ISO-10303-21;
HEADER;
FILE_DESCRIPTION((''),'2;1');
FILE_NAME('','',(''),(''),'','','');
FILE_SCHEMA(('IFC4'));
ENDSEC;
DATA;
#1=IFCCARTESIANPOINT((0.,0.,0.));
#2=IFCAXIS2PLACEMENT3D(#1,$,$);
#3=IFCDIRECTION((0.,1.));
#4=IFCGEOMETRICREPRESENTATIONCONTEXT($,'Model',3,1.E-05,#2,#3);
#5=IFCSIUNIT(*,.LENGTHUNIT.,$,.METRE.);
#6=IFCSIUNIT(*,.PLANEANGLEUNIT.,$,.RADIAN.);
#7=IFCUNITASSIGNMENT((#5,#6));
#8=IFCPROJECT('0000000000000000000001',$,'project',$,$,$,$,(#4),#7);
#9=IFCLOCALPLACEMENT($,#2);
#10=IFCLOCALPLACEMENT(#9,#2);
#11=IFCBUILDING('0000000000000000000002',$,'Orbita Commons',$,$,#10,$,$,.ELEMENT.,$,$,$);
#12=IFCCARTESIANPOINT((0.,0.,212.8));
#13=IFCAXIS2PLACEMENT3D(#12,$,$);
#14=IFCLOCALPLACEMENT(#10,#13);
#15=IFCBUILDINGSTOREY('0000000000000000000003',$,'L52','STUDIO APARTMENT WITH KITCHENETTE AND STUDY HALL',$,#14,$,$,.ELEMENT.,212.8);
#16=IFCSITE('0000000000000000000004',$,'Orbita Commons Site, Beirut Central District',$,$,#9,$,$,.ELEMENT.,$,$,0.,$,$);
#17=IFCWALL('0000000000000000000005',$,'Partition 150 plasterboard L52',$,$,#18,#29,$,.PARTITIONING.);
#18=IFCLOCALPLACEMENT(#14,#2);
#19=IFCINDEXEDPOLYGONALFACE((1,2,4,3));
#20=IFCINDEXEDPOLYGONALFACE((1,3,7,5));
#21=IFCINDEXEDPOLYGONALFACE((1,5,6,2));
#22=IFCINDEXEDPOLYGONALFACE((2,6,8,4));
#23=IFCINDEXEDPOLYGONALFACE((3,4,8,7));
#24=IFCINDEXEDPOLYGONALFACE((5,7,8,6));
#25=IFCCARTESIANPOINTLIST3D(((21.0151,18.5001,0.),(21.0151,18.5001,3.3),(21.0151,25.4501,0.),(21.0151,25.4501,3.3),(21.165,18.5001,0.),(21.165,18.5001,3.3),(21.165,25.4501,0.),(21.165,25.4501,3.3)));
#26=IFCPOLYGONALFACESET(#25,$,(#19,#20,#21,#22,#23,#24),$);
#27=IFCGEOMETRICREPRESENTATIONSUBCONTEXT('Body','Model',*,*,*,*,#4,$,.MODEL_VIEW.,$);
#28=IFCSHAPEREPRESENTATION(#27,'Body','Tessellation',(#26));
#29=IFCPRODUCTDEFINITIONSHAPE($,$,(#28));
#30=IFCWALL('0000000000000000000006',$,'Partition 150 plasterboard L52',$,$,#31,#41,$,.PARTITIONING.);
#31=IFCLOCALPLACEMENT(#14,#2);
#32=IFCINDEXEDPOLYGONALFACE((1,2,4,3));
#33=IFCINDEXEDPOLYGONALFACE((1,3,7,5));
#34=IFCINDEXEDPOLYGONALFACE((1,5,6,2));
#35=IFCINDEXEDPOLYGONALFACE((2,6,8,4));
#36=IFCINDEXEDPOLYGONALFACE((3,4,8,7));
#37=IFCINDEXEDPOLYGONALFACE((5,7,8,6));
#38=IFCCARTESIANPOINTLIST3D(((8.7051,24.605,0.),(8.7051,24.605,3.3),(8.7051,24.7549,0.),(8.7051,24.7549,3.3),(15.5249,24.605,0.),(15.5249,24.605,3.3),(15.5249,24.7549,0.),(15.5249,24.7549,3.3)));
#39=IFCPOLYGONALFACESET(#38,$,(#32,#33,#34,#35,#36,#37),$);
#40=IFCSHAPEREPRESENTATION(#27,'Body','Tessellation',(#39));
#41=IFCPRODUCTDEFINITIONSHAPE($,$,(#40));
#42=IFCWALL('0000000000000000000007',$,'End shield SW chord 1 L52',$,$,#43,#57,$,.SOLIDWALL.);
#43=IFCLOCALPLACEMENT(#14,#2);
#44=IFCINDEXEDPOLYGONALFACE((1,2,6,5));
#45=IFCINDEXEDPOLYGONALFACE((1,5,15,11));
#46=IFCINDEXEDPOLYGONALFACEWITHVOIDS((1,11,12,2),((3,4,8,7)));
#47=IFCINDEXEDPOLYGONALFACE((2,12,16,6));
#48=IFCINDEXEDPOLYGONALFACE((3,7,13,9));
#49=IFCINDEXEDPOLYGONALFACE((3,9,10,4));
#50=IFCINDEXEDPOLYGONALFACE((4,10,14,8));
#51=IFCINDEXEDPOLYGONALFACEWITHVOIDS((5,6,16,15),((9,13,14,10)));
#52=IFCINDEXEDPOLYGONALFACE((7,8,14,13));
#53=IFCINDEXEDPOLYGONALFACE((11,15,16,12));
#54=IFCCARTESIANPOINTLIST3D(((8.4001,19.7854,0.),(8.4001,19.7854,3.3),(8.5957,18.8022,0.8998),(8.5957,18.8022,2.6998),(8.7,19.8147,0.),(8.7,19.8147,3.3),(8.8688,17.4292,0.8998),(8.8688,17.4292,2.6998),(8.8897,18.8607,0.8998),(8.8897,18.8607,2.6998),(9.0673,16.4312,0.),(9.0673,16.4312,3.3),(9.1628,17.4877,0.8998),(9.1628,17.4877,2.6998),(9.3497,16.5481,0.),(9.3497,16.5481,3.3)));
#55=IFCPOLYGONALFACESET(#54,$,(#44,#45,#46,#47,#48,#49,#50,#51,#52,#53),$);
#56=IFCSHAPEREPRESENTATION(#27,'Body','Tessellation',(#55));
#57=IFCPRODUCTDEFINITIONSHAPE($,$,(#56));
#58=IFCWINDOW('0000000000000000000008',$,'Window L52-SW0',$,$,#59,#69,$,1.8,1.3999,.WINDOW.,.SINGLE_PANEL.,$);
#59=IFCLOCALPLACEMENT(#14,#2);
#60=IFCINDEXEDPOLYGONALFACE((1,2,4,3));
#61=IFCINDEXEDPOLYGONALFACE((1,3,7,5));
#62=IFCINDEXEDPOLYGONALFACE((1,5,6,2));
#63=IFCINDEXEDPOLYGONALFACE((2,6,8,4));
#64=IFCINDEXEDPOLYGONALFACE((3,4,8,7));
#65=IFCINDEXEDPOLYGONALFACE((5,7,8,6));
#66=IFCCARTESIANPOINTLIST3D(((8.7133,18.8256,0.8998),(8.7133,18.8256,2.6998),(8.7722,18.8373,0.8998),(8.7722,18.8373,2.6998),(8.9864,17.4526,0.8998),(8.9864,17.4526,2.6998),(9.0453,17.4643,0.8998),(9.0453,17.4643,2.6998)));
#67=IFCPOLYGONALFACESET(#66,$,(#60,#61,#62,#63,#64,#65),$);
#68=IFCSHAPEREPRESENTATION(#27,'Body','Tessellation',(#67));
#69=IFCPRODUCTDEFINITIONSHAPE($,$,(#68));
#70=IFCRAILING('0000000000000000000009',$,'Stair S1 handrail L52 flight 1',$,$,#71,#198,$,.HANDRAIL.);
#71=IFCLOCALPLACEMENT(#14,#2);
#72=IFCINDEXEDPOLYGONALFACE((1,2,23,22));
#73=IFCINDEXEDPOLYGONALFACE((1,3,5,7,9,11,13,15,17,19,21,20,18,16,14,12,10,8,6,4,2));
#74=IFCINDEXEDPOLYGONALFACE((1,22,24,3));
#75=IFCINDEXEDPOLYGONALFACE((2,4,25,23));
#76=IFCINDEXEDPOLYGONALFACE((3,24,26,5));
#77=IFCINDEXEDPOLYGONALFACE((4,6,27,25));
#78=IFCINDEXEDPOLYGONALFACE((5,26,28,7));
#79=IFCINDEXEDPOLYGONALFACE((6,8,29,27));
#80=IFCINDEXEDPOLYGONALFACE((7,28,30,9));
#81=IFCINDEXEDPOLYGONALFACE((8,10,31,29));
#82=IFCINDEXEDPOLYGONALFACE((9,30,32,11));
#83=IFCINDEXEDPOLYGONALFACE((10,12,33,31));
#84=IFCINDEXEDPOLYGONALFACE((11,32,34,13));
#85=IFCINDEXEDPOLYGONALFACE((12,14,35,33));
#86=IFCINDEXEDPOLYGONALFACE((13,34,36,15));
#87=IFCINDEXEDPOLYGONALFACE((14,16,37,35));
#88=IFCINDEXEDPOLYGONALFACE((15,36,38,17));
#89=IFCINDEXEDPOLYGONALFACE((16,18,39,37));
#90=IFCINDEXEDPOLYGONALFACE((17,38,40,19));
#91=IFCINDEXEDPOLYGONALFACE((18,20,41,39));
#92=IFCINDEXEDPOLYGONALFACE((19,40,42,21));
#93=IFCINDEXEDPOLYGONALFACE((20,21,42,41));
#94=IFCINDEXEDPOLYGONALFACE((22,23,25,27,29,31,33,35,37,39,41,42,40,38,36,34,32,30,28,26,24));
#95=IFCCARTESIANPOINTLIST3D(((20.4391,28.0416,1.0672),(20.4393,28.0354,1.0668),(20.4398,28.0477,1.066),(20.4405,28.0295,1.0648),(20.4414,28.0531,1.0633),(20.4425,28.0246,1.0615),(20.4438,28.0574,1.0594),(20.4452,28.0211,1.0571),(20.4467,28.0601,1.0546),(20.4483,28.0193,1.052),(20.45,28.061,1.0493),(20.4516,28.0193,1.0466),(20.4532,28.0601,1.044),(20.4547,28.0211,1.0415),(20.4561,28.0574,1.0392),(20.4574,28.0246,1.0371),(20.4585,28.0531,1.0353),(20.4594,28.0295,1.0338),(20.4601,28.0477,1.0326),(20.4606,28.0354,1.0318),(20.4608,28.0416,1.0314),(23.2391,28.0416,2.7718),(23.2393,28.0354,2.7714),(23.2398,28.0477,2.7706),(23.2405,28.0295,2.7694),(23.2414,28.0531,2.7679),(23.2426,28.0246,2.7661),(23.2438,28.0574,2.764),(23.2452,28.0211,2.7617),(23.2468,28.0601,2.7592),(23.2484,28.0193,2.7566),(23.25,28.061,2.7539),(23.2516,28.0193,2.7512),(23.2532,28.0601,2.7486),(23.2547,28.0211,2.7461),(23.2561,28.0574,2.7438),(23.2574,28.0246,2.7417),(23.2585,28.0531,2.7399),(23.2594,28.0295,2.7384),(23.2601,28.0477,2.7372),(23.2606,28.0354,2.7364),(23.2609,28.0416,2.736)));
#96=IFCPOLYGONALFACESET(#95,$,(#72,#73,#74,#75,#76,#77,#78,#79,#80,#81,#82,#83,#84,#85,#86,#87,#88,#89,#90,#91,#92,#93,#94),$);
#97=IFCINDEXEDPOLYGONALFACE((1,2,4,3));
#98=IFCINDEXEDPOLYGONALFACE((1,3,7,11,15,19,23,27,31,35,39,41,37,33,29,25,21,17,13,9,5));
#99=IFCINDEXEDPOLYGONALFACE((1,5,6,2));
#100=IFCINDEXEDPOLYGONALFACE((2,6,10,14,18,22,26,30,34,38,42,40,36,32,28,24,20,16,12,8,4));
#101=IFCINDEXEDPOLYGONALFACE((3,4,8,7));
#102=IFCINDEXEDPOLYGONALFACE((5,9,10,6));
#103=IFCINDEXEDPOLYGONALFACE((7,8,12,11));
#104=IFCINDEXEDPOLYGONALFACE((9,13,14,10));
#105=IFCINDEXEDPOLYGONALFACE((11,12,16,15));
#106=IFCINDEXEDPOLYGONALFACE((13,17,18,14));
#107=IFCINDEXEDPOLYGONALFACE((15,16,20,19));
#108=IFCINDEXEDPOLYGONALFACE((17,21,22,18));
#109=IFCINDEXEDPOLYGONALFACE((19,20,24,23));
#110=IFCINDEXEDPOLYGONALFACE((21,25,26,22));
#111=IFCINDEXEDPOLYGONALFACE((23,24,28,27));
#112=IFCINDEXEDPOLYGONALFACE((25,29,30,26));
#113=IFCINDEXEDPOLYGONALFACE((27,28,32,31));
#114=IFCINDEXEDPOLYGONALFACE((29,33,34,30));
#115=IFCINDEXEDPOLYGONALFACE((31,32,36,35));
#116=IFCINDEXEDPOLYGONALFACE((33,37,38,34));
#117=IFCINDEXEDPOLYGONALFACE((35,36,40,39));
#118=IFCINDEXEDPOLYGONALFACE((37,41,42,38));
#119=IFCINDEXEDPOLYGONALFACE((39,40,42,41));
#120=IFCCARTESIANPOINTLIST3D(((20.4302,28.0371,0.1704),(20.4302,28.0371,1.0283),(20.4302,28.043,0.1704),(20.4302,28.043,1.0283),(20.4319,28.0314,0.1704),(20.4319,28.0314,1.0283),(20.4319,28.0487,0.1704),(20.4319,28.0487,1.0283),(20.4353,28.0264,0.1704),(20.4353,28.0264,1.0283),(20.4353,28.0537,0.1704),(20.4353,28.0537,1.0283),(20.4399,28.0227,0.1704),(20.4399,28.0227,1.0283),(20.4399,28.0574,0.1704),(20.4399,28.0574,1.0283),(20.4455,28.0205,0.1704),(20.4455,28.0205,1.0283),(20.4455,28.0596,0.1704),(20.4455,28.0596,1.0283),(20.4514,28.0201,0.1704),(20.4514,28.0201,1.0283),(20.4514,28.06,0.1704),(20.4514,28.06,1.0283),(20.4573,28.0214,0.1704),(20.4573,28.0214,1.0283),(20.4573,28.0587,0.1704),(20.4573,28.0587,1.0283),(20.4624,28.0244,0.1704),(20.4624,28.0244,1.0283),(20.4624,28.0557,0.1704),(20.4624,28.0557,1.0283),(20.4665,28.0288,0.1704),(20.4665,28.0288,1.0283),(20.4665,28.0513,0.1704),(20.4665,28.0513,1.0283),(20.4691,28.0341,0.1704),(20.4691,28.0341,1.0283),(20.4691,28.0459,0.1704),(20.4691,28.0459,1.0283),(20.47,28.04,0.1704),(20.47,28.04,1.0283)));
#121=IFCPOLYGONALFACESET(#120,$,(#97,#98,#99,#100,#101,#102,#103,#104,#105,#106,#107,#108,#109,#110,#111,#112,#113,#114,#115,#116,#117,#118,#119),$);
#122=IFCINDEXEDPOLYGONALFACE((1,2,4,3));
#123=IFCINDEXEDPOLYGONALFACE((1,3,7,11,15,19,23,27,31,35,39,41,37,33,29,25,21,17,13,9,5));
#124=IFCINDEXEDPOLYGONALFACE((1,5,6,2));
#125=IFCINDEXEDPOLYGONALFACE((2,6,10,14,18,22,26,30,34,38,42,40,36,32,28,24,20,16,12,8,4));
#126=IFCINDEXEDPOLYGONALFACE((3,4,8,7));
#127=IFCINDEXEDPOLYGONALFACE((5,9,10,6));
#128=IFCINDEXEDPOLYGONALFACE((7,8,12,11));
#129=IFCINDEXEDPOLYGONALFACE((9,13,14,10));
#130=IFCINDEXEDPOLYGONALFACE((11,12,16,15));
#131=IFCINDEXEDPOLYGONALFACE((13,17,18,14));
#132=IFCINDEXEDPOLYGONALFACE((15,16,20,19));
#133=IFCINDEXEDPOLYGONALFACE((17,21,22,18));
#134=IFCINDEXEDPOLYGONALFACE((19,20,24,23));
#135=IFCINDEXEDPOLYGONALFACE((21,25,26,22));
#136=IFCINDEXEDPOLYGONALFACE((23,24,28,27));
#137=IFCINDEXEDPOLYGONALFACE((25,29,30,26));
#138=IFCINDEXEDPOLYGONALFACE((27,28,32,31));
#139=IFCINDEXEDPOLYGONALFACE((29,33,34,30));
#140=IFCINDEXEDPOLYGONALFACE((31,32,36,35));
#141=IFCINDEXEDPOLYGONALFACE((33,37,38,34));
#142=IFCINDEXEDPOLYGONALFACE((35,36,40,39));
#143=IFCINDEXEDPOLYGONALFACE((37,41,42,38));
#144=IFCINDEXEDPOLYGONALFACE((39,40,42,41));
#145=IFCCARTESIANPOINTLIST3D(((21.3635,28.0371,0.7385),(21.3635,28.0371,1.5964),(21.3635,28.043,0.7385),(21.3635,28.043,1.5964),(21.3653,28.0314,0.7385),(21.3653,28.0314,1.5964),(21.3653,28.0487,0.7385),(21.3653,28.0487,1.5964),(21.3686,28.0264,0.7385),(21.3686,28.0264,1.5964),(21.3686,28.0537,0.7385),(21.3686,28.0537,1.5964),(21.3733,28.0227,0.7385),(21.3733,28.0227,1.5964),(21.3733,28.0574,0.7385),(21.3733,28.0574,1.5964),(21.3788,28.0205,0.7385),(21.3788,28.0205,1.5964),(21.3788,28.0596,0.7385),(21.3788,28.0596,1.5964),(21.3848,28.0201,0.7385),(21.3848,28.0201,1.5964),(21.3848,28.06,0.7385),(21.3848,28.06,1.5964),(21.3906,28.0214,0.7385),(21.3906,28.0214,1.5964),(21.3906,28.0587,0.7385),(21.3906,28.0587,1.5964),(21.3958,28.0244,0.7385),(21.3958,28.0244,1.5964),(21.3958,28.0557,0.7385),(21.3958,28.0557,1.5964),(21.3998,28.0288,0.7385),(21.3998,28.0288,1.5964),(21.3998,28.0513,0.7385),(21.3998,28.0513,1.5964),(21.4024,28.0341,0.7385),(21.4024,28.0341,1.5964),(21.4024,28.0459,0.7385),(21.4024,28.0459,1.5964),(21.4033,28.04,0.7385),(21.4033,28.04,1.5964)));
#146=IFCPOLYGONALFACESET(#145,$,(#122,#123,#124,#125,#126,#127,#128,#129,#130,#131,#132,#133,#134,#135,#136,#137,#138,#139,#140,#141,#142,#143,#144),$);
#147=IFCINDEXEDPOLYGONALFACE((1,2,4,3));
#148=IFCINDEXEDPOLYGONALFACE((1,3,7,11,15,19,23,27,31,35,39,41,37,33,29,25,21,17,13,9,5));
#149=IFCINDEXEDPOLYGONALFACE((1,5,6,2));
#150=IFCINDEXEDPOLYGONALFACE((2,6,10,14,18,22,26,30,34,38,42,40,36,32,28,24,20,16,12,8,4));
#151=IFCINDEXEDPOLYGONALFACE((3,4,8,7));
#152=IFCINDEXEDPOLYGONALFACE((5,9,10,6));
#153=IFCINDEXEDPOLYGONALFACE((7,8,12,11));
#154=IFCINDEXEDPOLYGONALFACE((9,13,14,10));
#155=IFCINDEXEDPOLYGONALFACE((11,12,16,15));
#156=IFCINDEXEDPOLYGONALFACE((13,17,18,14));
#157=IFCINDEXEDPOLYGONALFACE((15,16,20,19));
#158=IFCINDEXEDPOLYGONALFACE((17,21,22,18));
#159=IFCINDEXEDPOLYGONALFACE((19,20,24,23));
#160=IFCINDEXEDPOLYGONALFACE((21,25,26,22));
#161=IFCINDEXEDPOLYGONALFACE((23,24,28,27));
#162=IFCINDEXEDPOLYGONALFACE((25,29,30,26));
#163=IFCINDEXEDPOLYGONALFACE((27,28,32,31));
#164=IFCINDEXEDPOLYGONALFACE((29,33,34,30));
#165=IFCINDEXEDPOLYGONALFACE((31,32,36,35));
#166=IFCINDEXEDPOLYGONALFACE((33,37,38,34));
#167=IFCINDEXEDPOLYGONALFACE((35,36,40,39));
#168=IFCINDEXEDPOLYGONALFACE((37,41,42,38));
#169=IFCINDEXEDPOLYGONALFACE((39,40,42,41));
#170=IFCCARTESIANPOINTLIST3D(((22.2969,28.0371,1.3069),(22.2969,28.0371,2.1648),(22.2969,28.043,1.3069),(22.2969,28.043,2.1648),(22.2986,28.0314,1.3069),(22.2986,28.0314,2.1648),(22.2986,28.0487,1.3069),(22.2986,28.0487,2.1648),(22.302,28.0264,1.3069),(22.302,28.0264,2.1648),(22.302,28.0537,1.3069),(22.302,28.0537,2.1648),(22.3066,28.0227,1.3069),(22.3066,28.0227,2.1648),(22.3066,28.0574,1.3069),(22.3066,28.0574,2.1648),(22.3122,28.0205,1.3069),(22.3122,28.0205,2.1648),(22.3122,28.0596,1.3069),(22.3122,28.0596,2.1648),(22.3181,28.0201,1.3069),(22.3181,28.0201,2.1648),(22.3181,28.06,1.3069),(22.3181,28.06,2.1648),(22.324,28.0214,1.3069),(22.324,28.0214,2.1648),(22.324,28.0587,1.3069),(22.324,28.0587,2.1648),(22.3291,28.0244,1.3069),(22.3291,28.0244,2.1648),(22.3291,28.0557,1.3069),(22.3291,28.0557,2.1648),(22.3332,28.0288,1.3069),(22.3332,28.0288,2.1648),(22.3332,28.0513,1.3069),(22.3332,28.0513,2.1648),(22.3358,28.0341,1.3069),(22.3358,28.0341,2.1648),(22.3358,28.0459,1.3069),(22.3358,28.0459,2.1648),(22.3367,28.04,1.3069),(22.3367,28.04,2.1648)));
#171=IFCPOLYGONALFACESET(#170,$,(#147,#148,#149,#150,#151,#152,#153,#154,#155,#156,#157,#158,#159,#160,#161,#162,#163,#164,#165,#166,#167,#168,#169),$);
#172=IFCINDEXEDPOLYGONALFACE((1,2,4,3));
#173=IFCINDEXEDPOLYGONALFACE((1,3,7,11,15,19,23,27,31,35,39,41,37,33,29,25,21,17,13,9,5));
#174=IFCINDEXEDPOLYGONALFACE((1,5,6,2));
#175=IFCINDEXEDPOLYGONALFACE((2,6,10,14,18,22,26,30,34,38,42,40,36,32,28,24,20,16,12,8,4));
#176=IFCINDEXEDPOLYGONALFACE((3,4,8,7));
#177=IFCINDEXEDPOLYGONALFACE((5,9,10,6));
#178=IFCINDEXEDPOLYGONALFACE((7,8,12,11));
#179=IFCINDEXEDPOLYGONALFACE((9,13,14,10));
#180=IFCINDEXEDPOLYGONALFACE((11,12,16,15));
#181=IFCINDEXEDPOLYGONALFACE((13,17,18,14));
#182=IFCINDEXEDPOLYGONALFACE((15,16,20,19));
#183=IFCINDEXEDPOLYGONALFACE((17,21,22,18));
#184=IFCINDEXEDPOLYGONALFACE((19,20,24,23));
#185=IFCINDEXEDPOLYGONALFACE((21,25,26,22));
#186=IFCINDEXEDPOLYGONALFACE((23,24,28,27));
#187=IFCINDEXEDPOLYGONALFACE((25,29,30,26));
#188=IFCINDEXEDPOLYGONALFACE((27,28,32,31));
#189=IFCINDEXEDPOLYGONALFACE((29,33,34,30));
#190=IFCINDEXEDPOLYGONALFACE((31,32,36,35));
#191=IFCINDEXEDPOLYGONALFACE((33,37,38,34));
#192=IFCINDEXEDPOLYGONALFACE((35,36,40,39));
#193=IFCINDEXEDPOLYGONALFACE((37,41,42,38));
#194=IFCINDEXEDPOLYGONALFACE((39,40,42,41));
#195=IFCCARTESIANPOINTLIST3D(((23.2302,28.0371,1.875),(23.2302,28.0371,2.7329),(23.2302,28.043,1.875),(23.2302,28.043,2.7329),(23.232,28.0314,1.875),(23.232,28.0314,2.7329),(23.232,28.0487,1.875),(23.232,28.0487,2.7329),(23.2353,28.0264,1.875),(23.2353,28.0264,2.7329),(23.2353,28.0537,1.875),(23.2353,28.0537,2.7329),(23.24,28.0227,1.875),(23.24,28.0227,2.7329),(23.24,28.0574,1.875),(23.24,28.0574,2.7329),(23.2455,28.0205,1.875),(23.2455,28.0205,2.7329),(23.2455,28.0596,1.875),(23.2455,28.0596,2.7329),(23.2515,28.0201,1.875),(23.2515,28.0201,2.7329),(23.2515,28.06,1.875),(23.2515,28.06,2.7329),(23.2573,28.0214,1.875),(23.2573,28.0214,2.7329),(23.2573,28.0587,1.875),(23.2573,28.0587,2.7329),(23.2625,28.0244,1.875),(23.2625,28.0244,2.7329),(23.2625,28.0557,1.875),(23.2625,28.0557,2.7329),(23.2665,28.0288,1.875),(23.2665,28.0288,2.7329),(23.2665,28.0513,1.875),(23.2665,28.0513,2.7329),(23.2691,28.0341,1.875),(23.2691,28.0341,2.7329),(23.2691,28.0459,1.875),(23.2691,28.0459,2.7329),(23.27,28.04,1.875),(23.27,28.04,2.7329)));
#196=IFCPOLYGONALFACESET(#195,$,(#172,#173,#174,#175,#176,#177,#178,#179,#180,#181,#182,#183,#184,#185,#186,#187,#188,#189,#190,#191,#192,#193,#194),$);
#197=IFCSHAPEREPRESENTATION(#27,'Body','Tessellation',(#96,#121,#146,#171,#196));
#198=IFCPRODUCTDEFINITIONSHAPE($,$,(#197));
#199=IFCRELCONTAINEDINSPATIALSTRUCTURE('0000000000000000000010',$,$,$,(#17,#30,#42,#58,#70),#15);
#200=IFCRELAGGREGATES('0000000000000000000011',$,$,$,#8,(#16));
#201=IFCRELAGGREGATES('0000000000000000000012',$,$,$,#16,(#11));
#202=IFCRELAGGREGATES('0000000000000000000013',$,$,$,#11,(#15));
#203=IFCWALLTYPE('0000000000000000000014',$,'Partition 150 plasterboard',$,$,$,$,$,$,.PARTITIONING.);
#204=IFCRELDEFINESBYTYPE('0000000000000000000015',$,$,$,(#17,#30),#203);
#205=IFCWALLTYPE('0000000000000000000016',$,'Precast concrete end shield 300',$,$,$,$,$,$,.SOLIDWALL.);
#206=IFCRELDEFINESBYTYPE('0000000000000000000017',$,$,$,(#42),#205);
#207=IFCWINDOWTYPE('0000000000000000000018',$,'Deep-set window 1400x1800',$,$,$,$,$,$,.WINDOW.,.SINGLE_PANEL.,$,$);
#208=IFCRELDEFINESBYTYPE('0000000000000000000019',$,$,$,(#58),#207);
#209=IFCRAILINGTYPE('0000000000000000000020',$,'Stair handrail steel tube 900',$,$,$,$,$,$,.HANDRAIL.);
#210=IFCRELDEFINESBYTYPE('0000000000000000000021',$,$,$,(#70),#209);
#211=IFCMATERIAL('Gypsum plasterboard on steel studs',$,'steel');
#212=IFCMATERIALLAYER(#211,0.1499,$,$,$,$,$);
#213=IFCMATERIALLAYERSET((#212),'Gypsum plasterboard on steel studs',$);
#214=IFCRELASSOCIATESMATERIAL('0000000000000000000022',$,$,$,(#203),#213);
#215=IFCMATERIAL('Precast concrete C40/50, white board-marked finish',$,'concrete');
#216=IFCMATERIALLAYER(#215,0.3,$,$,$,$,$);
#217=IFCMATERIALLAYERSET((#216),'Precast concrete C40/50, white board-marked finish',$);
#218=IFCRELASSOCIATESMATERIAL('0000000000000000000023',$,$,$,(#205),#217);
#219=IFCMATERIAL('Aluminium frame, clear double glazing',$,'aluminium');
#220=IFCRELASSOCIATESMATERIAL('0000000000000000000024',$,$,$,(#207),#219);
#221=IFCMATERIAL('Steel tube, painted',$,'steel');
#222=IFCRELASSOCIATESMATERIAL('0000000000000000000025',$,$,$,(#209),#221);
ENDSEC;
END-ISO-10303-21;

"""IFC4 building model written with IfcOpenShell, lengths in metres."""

from ifc_helpers import new_model, si_unit, direction, frame, frame_2d, origin, origin_2d, place, context, subcontext, project, spatial, polyline, rectangle, circle, outline, extrude, material, layer, layer_set, type_object, element, fill, save


model = new_model("IFC4")

# Units and contexts
model_context = context("Model", 3, precision=1e-05, world=origin(), true_north=direction((0.0, 1.0)))
body_context = subcontext(model_context, "Body", "Model", "MODEL_VIEW")
ifc_project = project(units=[si_unit("LENGTHUNIT", "METRE"), si_unit("PLANEANGLEUNIT", "RADIAN")], contexts=[model_context])

# Site, building, storey
site_placement = place(None, origin())
site = spatial("IfcSite", under=ifc_project, at=site_placement, Name="Orbita Commons Site, Beirut Central District", CompositionType="ELEMENT", RefElevation=0.0)
building_placement = place(site_placement, origin())
building = spatial("IfcBuilding", under=site, at=building_placement, Name="Orbita Commons", CompositionType="ELEMENT")
storey_placement = place(building_placement, frame((0.0, 0.0, 212.8)))
storey = spatial("IfcBuildingStorey", under=building, at=storey_placement, Name="L52", Description="STUDIO APARTMENT WITH KITCHENETTE AND STUDY HALL", CompositionType="ELEMENT", Elevation=212.8)

# Walls
ifc_material_1 = material(Name="Gypsum plasterboard on steel studs", Category="steel")
ifc_layer_1 = layer(ifc_material_1, 0.1499)
ifc_layer_set_1 = layer_set([ifc_layer_1], Name="Gypsum plasterboard on steel studs")
wall_type_1 = type_object("IfcWallType", Name="Partition 150 plasterboard", PredefinedType="PARTITIONING", material=ifc_layer_set_1)
wall_1_placement = place(storey_placement, frame((21.0901, 18.5, 0.0), z_axis=(0.0, 0.0, 1.0), x_axis=(0.0, 1.0, 0.0)))
element("IfcWall", 1, at=wall_1_placement, inside=storey, type_object=wall_type_1, Name="Partition 150 plasterboard L52", PredefinedType="PARTITIONING", context=body_context, shape_type="SweptSolid", body=[
    extrude(rectangle(XDim=6.95, YDim=0.1499, at=frame_2d((3.4751, 0.0))), origin(), (0.0, 0.0, 1.0), 3.3),
])
wall_2_placement = place(storey_placement, frame((8.7051, 24.6799, 0.0), z_axis=(0.0, 0.0, 1.0), x_axis=(1.0, 0.0, 0.0)))
element("IfcWall", 2, at=wall_2_placement, inside=storey, type_object=wall_type_1, Name="Partition 150 plasterboard L52", PredefinedType="PARTITIONING", context=body_context, shape_type="SweptSolid", body=[
    extrude(rectangle(XDim=6.8198, YDim=0.1499, at=frame_2d((3.4099, 0.0))), origin(), (0.0, 0.0, 1.0), 3.3),
])

# Wall, opening, window
ifc_material_2 = material(Name="Precast concrete C40/50, white board-marked finish", Category="concrete")
ifc_layer_2 = layer(ifc_material_2, 0.3)
ifc_layer_set_2 = layer_set([ifc_layer_2], Name="Precast concrete C40/50, white board-marked finish")
wall_type_2 = type_object("IfcWallType", Name="Precast concrete end shield 300", PredefinedType="SOLIDWALL", material=ifc_layer_set_2)
wall_3_placement = place(storey_placement, frame((8.55, 19.8, 0.0), z_axis=(0.0, 0.0, 1.0), x_axis=(0.195087, -0.980786, 0.0)))
wall_3 = element("IfcWall", 3, at=wall_3_placement, inside=storey, type_object=wall_type_2, Name="End shield SW chord 1 L52", PredefinedType="SOLIDWALL", context=body_context, shape_type="SweptSolid", body=[
    extrude(outline(polyline([(-0.0149, -0.1499), (3.405, -0.1499), (3.3455, 0.1499), (0.0149, 0.1499), (-0.0149, -0.1499)])), origin(), (0.0, 0.0, 1.0), 3.3),
])
opening_1_placement = place(wall_3_placement, frame((0.9875, 0.0, 0.8999)))
opening_1 = element("IfcOpeningElement", 4, at=opening_1_placement, cuts=wall_3, PredefinedType="OPENING", context=body_context, shape_type="SweptSolid", body=[
    extrude(rectangle(XDim=1.3999, YDim=1.8, at=frame_2d((0.7, 0.8999))), frame((0.0, 0.1599, 0.0), z_axis=(0.0, -1.0, 0.0), x_axis=(1.0, 0.0, 0.0)), (0.0, 0.0, 1.0), 0.3201),
])
ifc_material_3 = material(Name="Aluminium frame, clear double glazing", Category="aluminium")
window_type = type_object("IfcWindowType", Name="Deep-set window 1400x1800", PartitioningType="SINGLE_PANEL", PredefinedType="WINDOW", material=ifc_material_3)
window_placement = place(opening_1_placement, origin())
window = element("IfcWindow", 5, at=window_placement, inside=storey, type_object=window_type, Name="Window L52-SW0", OverallHeight=1.8, OverallWidth=1.3999, PartitioningType="SINGLE_PANEL", PredefinedType="WINDOW", context=body_context, shape_type="SweptSolid", body=[
    extrude(rectangle(XDim=1.3999, YDim=1.8, at=frame_2d((0.7, 0.8999))), frame((0.0, 0.03, 0.0), z_axis=(0.0, -1.0, 0.0), x_axis=(1.0, 0.0, 0.0)), (0.0, 0.0, 1.0), 0.0601),
])
fill(opening_1, window)

# Railing
ifc_material_4 = material(Name="Steel tube, painted", Category="steel")
railing_type = type_object("IfcRailingType", Name="Stair handrail steel tube 900", PredefinedType="HANDRAIL", material=ifc_material_4)
for number, where, name in (
    (6, (20.45, 28.04, 0.1704), "Stair S1 handrail L52 flight 1"),
):
    element("IfcRailing", number, at=place(storey_placement, frame(where)), inside=storey, type_object=railing_type, Name=name, PredefinedType="HANDRAIL", context=body_context, shape_type="SweptSolid", body=[
        extrude(circle(Radius=0.021, at=origin_2d()), frame((0.0, 0.0, 0.8789), z_axis=(0.85417, 0.0, 0.519994), x_axis=(0.0, 1.0, 0.0)), (0.0, 0.0, 1.0), 3.2781),
        extrude(circle(Radius=0.02, at=origin_2d()), origin(), (0.0, 0.0, 1.0), 0.8579),
        extrude(circle(Radius=0.02, at=origin_2d()), frame((0.9333, 0.0, 0.5681)), (0.0, 0.0, 1.0), 0.8579),
        extrude(circle(Radius=0.02, at=origin_2d()), frame((1.8667, 0.0, 1.1365)), (0.0, 0.0, 1.0), 0.8579),
        extrude(circle(Radius=0.02, at=origin_2d()), frame((2.8, 0.0, 1.7046)), (0.0, 0.0, 1.0), 0.8579),
    ])

save(model, "model.ifc")
